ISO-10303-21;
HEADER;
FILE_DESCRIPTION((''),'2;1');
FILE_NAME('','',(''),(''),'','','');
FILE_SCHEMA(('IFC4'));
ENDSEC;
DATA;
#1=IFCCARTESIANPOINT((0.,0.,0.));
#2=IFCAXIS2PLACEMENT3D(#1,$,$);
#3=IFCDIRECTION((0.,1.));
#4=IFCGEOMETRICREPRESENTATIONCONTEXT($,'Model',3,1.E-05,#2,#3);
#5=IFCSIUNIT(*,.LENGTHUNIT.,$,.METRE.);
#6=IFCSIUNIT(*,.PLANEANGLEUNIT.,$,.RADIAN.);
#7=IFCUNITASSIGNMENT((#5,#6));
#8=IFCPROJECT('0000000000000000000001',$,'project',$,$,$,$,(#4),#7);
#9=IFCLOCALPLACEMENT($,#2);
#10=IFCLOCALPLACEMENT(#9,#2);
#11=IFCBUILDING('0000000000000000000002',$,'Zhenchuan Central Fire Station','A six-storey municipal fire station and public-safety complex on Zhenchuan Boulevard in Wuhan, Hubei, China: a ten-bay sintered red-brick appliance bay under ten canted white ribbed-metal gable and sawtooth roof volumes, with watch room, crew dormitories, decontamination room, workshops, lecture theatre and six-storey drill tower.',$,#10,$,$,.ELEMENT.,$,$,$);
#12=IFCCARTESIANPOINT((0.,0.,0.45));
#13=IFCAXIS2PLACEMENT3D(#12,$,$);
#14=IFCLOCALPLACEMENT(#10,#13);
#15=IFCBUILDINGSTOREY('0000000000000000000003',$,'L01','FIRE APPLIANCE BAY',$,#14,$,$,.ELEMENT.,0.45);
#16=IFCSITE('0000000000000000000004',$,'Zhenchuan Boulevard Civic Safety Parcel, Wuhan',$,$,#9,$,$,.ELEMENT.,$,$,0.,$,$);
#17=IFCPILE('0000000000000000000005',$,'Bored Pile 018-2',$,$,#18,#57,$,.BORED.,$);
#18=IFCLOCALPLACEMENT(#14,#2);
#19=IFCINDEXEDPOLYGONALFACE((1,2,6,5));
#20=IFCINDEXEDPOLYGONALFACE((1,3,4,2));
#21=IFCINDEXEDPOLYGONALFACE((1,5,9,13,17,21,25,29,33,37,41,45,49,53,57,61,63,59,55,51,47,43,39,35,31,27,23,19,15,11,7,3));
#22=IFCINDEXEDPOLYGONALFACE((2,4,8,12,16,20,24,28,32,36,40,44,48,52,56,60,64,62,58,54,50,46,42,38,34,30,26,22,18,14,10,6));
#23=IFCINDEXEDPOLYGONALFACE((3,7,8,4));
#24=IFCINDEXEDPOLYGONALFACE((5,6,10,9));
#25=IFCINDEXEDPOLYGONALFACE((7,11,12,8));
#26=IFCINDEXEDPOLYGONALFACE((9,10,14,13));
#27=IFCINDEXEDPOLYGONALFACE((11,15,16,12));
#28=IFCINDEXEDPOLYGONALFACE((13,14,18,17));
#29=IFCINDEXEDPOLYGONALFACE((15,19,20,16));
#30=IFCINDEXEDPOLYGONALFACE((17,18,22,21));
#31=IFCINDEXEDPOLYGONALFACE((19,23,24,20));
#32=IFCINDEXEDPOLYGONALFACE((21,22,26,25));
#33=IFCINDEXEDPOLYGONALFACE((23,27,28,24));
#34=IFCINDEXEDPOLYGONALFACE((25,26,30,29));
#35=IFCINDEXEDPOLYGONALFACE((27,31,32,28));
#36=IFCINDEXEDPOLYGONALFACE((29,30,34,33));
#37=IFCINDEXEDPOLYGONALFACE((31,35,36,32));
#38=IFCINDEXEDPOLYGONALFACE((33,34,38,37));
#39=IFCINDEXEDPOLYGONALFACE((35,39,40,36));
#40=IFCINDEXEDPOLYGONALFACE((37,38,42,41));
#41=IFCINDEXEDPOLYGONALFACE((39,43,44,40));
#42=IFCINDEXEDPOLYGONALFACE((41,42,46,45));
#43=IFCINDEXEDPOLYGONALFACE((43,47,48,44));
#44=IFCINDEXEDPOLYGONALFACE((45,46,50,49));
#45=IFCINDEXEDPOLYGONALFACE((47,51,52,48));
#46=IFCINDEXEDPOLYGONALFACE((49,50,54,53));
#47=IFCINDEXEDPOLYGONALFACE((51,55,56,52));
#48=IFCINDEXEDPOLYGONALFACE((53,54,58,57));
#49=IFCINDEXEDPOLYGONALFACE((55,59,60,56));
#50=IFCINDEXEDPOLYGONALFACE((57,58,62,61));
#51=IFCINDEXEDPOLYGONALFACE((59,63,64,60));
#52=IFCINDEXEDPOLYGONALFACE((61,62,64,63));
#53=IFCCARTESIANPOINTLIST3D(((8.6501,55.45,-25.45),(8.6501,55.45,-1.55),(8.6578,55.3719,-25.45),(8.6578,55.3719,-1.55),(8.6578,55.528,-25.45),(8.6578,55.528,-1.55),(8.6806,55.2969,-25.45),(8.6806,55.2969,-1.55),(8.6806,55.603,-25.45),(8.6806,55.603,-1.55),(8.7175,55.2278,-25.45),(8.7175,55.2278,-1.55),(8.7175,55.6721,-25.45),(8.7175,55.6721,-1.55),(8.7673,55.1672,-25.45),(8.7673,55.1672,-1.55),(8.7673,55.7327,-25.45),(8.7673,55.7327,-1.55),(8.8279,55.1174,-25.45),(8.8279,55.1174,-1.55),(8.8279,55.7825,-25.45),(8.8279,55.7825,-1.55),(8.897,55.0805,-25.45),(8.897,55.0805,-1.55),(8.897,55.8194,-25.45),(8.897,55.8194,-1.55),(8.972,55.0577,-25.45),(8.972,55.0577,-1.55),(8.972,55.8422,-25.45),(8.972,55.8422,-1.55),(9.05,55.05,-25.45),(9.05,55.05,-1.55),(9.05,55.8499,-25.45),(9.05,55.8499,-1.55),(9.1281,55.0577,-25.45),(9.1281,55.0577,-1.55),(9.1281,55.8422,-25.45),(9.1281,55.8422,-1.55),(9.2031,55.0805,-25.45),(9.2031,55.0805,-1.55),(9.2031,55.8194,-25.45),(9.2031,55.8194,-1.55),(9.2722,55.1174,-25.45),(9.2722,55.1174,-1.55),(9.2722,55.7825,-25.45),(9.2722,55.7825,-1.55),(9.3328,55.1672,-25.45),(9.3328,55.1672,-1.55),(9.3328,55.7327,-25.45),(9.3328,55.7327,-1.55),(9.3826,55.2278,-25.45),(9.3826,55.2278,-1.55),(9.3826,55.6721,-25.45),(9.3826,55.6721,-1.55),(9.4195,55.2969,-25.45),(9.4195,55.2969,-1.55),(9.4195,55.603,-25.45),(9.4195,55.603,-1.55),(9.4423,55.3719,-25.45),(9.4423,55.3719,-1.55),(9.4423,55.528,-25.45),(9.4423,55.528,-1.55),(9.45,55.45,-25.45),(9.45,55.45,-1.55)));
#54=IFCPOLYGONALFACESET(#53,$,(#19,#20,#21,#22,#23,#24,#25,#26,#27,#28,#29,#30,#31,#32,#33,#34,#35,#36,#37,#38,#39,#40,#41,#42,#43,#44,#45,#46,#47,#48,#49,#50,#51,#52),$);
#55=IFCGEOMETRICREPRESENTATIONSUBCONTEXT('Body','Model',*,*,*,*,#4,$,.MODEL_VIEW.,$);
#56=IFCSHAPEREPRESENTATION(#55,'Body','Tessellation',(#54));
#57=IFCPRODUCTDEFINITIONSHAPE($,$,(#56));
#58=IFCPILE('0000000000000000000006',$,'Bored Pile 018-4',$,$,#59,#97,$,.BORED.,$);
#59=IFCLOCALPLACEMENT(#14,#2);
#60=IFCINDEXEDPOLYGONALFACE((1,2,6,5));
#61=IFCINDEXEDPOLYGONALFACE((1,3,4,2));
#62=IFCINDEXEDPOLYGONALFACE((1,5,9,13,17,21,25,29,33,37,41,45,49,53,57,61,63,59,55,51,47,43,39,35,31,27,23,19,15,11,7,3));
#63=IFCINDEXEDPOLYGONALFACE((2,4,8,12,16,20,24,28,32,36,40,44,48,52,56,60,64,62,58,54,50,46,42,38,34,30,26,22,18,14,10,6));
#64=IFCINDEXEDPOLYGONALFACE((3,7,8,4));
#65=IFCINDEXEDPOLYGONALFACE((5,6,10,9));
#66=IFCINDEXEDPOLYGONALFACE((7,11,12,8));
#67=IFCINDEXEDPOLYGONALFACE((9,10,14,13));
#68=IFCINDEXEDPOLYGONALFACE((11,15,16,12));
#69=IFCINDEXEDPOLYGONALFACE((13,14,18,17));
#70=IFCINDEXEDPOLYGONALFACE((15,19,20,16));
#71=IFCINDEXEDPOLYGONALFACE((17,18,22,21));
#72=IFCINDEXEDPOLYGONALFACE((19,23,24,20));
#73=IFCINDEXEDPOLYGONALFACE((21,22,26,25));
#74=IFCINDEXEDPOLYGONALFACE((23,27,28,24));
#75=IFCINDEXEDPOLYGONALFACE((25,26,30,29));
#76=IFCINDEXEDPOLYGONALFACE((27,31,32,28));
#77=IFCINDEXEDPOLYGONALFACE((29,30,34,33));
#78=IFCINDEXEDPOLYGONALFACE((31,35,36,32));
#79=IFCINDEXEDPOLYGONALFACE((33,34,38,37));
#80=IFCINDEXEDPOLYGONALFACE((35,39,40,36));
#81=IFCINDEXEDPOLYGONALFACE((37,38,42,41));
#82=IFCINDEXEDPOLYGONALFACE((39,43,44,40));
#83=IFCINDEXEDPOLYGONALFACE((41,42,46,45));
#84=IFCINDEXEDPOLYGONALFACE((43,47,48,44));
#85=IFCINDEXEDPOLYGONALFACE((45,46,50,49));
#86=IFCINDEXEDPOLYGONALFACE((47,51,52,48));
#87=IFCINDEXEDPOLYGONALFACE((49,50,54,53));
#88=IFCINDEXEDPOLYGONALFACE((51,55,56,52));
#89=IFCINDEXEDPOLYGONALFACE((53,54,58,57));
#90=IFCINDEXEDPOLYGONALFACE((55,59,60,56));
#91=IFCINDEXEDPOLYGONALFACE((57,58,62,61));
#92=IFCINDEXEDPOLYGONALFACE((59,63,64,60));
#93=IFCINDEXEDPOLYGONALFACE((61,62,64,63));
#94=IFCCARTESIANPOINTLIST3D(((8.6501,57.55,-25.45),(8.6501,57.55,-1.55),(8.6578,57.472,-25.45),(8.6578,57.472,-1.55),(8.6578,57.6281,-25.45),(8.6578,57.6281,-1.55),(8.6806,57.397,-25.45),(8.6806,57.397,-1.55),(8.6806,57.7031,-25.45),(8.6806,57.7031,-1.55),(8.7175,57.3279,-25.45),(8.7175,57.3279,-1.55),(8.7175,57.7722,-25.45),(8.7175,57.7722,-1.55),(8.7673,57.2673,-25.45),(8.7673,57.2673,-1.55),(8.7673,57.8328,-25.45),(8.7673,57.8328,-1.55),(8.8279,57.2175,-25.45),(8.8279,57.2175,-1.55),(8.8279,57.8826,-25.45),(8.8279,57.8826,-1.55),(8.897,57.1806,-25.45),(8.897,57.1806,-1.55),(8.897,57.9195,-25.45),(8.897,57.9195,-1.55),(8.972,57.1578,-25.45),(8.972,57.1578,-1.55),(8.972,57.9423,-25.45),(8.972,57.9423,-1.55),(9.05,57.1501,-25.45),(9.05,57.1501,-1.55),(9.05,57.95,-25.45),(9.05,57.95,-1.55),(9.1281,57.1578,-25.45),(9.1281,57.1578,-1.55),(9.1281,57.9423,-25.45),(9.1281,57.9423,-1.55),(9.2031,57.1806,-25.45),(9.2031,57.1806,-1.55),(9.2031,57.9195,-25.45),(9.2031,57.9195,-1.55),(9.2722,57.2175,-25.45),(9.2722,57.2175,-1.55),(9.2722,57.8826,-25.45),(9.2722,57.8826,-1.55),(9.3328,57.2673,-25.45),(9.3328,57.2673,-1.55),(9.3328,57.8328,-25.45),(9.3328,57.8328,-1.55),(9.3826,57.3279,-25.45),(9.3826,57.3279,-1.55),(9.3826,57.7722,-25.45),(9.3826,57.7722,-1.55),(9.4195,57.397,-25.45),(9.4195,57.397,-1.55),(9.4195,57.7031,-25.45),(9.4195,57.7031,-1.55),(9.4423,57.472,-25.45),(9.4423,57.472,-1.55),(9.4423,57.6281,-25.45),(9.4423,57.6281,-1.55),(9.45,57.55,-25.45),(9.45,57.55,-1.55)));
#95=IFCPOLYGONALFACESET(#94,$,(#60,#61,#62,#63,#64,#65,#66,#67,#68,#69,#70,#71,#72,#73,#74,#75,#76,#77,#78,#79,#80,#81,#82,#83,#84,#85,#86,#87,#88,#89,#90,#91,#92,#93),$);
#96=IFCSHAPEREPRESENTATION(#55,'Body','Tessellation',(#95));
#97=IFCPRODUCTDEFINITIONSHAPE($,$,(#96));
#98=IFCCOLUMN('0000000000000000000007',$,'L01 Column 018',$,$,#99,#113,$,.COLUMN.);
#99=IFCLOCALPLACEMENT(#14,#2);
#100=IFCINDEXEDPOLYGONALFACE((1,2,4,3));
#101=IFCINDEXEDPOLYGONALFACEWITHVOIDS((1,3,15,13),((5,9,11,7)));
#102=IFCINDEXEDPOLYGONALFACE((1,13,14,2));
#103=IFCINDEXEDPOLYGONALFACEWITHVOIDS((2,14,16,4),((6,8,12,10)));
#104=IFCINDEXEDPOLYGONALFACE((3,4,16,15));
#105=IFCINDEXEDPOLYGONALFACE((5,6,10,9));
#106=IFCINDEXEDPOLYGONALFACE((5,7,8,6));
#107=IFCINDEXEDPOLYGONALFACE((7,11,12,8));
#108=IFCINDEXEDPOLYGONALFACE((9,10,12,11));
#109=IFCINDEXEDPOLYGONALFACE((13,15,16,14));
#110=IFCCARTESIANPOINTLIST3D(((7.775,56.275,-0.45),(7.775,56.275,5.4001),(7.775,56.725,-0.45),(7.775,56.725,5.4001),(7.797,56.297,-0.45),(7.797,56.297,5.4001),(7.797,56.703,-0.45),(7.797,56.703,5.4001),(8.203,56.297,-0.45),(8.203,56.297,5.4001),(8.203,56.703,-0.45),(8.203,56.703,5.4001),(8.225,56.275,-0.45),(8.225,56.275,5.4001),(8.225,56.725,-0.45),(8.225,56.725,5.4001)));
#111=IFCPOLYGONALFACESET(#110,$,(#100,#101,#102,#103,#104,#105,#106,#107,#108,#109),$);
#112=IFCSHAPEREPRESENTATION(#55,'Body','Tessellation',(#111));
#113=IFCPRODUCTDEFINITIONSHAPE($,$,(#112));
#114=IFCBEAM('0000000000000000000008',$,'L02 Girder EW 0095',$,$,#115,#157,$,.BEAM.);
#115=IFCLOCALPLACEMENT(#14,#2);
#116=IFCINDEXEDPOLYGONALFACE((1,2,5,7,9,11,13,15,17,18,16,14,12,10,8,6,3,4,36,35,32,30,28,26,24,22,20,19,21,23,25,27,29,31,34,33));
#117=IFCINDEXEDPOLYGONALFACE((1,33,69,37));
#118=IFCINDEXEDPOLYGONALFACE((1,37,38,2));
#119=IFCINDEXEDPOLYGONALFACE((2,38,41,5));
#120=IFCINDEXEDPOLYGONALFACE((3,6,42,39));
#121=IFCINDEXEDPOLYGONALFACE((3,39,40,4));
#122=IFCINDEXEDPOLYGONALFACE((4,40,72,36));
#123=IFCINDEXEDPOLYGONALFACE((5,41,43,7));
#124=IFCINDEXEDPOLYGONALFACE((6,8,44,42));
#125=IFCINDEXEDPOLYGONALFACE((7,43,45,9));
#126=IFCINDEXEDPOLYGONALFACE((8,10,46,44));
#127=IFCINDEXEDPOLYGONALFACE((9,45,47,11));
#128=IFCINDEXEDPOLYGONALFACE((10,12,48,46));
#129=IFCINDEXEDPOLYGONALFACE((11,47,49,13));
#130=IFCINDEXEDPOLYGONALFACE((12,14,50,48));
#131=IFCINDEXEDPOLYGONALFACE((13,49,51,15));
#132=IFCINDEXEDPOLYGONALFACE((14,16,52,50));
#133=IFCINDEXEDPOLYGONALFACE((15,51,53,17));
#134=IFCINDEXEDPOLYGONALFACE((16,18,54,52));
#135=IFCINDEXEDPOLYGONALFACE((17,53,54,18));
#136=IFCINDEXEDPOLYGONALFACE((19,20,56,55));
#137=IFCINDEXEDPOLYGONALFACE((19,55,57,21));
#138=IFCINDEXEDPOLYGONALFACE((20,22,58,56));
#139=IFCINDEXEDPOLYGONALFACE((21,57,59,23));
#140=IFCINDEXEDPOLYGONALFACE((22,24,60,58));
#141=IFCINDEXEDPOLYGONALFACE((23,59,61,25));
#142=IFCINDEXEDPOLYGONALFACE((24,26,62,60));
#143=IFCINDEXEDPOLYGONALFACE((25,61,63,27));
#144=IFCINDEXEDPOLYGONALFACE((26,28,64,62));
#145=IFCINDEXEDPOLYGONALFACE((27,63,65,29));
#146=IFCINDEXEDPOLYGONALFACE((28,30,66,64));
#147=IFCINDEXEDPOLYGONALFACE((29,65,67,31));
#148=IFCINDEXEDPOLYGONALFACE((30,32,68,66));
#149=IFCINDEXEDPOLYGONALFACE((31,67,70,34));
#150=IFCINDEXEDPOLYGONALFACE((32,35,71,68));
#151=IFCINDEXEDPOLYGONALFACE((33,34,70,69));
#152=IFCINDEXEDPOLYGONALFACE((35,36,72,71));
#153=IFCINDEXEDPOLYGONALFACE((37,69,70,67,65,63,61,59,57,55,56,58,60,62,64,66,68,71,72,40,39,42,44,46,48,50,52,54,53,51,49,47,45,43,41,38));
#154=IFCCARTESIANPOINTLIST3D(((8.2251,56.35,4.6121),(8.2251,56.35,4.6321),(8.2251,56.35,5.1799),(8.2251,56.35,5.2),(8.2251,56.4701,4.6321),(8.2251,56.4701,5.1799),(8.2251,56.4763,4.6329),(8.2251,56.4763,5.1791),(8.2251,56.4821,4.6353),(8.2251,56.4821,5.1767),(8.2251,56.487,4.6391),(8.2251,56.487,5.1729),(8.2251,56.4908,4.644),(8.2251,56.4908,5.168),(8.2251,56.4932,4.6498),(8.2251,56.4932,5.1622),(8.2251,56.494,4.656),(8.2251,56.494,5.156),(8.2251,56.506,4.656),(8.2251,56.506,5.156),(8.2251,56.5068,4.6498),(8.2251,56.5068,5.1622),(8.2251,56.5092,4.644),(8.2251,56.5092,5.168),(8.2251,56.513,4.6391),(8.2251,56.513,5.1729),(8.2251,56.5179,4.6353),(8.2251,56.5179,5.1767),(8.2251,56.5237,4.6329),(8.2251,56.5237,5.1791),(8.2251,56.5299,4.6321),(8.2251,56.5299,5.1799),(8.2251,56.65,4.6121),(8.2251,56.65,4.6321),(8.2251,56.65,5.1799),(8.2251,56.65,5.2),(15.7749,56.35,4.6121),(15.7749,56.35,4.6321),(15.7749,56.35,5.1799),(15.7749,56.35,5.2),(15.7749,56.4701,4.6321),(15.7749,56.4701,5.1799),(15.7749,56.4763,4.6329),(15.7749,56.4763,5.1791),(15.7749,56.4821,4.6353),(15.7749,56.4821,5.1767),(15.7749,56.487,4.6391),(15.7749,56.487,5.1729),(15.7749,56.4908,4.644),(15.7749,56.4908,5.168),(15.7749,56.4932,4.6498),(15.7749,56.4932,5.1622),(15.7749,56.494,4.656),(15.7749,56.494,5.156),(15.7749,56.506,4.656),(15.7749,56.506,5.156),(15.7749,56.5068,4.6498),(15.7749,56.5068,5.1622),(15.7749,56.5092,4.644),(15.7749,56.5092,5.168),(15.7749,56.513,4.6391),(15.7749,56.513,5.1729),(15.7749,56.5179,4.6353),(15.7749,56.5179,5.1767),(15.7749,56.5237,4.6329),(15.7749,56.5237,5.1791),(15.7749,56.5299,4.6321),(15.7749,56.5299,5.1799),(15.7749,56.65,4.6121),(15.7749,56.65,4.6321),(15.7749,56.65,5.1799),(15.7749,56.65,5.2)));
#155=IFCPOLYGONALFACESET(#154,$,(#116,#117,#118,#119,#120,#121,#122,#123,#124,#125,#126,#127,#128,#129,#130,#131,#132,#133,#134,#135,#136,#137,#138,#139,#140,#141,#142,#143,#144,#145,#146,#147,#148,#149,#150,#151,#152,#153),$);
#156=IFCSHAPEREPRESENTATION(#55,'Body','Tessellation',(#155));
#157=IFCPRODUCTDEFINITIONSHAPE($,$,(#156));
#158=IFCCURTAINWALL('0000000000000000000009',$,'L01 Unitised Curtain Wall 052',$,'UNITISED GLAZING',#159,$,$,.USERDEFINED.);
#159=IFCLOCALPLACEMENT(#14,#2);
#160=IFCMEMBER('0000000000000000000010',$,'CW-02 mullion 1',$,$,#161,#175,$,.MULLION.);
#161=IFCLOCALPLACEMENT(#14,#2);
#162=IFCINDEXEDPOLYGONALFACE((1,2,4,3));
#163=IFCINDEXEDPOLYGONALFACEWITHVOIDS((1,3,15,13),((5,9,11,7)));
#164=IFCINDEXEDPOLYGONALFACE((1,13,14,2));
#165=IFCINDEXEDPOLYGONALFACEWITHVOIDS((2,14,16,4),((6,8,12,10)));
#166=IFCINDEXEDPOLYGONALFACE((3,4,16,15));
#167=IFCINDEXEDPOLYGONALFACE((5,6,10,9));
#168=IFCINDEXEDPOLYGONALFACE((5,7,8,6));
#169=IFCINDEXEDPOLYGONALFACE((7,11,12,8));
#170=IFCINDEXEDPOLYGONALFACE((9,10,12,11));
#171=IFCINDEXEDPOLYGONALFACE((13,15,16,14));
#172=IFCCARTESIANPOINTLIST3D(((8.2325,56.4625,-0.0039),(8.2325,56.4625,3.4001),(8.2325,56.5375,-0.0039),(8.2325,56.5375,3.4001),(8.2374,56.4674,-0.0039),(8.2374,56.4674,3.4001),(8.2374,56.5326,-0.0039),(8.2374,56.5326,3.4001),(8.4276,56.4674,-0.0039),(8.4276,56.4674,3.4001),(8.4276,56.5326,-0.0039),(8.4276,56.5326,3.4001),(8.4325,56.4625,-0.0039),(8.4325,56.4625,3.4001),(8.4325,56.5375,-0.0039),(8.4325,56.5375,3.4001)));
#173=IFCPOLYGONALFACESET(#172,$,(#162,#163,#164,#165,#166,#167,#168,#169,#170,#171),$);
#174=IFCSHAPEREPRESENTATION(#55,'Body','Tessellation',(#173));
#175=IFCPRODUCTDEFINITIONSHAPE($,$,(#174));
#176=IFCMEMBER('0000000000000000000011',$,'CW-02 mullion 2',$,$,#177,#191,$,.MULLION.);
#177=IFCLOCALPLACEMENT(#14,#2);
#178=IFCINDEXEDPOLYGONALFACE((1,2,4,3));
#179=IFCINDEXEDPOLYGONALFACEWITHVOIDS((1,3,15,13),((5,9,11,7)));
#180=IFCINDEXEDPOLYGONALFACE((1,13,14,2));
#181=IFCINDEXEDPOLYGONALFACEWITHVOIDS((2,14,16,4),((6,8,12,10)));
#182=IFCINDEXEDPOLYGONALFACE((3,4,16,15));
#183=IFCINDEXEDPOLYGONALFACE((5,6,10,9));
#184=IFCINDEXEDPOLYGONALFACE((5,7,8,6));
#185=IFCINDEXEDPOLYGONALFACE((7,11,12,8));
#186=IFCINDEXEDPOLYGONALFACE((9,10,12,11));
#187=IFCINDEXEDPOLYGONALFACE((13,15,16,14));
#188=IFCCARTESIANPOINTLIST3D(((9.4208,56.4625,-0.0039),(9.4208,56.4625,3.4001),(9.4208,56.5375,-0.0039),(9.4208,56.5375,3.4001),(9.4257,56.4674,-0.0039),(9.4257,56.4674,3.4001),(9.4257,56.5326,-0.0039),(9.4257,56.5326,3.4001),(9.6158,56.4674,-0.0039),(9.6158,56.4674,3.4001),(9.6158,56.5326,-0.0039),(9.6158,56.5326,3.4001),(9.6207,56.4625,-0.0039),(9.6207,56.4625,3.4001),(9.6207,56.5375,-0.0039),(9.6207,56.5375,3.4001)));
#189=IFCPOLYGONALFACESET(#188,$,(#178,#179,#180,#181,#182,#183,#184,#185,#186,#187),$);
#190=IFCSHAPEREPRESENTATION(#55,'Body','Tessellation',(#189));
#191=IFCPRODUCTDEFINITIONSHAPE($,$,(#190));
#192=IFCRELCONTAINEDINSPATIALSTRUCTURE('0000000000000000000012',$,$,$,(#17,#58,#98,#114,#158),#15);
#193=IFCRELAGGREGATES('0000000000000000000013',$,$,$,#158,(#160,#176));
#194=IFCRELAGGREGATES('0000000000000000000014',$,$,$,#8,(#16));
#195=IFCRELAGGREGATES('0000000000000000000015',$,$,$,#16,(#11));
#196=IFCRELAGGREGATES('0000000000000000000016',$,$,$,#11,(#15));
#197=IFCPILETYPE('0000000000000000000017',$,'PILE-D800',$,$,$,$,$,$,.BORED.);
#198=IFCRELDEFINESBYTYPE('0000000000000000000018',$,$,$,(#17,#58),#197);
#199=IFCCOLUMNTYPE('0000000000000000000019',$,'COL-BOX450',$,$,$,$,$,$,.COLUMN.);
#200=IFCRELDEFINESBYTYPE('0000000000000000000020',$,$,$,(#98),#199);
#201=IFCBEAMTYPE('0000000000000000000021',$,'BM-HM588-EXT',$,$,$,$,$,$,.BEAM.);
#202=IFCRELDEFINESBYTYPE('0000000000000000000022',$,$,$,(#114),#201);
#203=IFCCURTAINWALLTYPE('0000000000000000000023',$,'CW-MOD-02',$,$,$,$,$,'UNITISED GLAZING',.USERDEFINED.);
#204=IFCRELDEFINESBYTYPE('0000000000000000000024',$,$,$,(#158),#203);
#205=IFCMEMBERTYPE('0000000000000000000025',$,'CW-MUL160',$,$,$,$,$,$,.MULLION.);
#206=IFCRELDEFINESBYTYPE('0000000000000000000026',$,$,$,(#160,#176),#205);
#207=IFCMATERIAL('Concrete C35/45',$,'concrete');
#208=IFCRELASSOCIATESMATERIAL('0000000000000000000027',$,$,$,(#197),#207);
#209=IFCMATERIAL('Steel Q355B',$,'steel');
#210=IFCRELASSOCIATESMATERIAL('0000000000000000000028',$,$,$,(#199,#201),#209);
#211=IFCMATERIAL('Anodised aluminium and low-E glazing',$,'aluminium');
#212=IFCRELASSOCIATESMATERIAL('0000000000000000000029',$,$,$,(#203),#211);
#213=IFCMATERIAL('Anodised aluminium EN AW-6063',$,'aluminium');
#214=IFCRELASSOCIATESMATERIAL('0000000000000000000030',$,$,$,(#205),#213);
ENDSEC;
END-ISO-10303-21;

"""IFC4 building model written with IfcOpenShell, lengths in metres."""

from ifc_helpers import new_model, si_unit, direction, frame, origin, origin_2d, place, context, subcontext, project, spatial, hollow_rectangle, circle, i_section, extrude, material, material_profile, profile_set, type_object, element, aggregate, save


model = new_model("IFC4")

# Units and contexts
model_context = context("Model", 3, precision=1e-05, world=origin(), true_north=direction((0.0, 1.0)))
body_context = subcontext(model_context, "Body", "Model", "MODEL_VIEW")
ifc_project = project(units=[si_unit("LENGTHUNIT", "METRE"), si_unit("PLANEANGLEUNIT", "RADIAN")], contexts=[model_context])

# Site, building, storey
site_placement = place(None, origin())
site = spatial("IfcSite", under=ifc_project, at=site_placement, Name="Zhenchuan Boulevard Civic Safety Parcel, Wuhan", CompositionType="ELEMENT", RefElevation=0.0)
building_placement = place(site_placement, origin())
building = spatial("IfcBuilding", under=site, at=building_placement, Name="Zhenchuan Central Fire Station", Description="A six-storey municipal fire station and public-safety complex on Zhenchuan Boulevard in Wuhan, Hubei, China: a ten-bay sintered red-brick appliance bay under ten canted white ribbed-metal gable and sawtooth roof volumes, with watch room, crew dormitories, decontamination room, workshops, lecture theatre and six-storey drill tower.", CompositionType="ELEMENT")
storey_placement = place(building_placement, frame((0.0, 0.0, 0.45)))
storey = spatial("IfcBuildingStorey", under=building, at=storey_placement, Name="L01", Description="FIRE APPLIANCE BAY", CompositionType="ELEMENT", Elevation=0.45)

# Piles
ifc_material_1 = material(Name="Concrete C35/45", Category="concrete")
ifc_material_profile_1 = material_profile(ifc_material_1, circle(Radius=0.3999, at=origin_2d()), Name="PILE D800")
ifc_profile_set_1 = profile_set([ifc_material_profile_1], Name="Concrete C35/45")
pile_type = type_object("IfcPileType", Name="PILE-D800", PredefinedType="BORED", material=ifc_profile_set_1)
for number, where, z_axis, x_axis, name in (
    (1, (9.05, 55.45, -1.55), (0.0, 0.0, -1.0), (1.0, 0.0, 0.0), "Bored Pile 018-2"),
    (2, (9.05, 57.55, -1.55), (0.0, 0.0, -1.0), (1.0, 0.0, 0.0), "Bored Pile 018-4"),
):
    element("IfcPile", number, at=place(storey_placement, frame(where, z_axis=z_axis, x_axis=x_axis)), inside=storey, type_object=pile_type, Name=name, PredefinedType="BORED", context=body_context, shape_type="SweptSolid", body=[
        extrude(circle(Radius=0.3999, at=origin_2d()), origin(), (0.0, 0.0, 1.0), 23.8999),
    ])

# Column
ifc_material_2 = material(Name="Steel Q355B", Category="steel")
ifc_material_profile_2 = material_profile(ifc_material_2, hollow_rectangle(XDim=0.45, YDim=0.45, WallThickness=0.022, at=origin_2d()), Name="BOX 450x450x22")
ifc_profile_set_2 = profile_set([ifc_material_profile_2], Name="Steel Q355B")
column_type = type_object("IfcColumnType", Name="COL-BOX450", PredefinedType="COLUMN", material=ifc_profile_set_2)
column_placement = place(storey_placement, frame((8.0, 56.5, -0.45), z_axis=(0.0, 0.0, 1.0), x_axis=(1.0, 0.0, 0.0)))
element("IfcColumn", 3, at=column_placement, inside=storey, type_object=column_type, Name="L01 Column 018", PredefinedType="COLUMN", context=body_context, shape_type="SweptSolid", body=[
    extrude(hollow_rectangle(XDim=0.45, YDim=0.45, WallThickness=0.022, at=origin_2d()), origin(), (0.0, 0.0, 1.0), 5.8501),
])

# Beam
ifc_material_profile_3 = material_profile(ifc_material_2, i_section(OverallWidth=0.3, OverallDepth=0.5879, WebThickness=0.012, FlangeThickness=0.02, FilletRadius=0.0239, at=origin_2d()), Name="HM 588x300")
ifc_profile_set_3 = profile_set([ifc_material_profile_3], Name="Steel Q355B")
beam_type = type_object("IfcBeamType", Name="BM-HM588-EXT", PredefinedType="BEAM", material=ifc_profile_set_3)
beam_placement = place(storey_placement, frame((8.2251, 56.5, 4.906), z_axis=(1.0, 0.0, 0.0), x_axis=(0.0, 1.0, 0.0)))
element("IfcBeam", 4, at=beam_placement, inside=storey, type_object=beam_type, Name="L02 Girder EW 0095", PredefinedType="BEAM", context=body_context, shape_type="SweptSolid", body=[
    extrude(i_section(OverallWidth=0.3, OverallDepth=0.5879, WebThickness=0.012, FlangeThickness=0.02, FilletRadius=0.0239, at=origin_2d()), origin(), (0.0, 0.0, 1.0), 7.5498),
])

# Curtain wall, members
ifc_material_3 = material(Name="Anodised aluminium and low-E glazing", Category="aluminium")
curtain_wall_type = type_object("IfcCurtainWallType", Name="CW-MOD-02", ElementType="UNITISED GLAZING", PredefinedType="USERDEFINED", material=ifc_material_3)
curtain_wall_placement = place(storey_placement, origin())
curtain_wall = element("IfcCurtainWall", 5, at=curtain_wall_placement, inside=storey, type_object=curtain_wall_type, Name="L01 Unitised Curtain Wall 052", ObjectType="UNITISED GLAZING", PredefinedType="USERDEFINED")
ifc_material_4 = material(Name="Anodised aluminium EN AW-6063", Category="aluminium")
ifc_material_profile_4 = material_profile(ifc_material_4, hollow_rectangle(XDim=0.075, YDim=0.2, WallThickness=0.0049, at=origin_2d()), Name="ALU-M 200x75")
ifc_profile_set_4 = profile_set([ifc_material_profile_4], Name="Anodised aluminium EN AW-6063")
member_type_1 = type_object("IfcMemberType", Name="CW-MUL160", PredefinedType="MULLION", material=ifc_profile_set_4)
member_1_placement = place(storey_placement, frame((8.3325, 56.5, -0.0039), z_axis=(0.0, 0.0, 1.0), x_axis=(0.0, 1.0, 0.0)))
member_1 = element("IfcMember", 6, at=member_1_placement, type_object=member_type_1, Name="CW-02 mullion 1", PredefinedType="MULLION", context=body_context, shape_type="SweptSolid", body=[
    extrude(hollow_rectangle(XDim=0.075, YDim=0.2, WallThickness=0.0049, at=origin_2d()), origin(), (0.0, 0.0, 1.0), 3.4041),
])
member_2_placement = place(storey_placement, frame((9.5208, 56.5, -0.0039), z_axis=(0.0, 0.0, 1.0), x_axis=(0.0, 1.0, 0.0)))
member_2 = element("IfcMember", 7, at=member_2_placement, type_object=member_type_1, Name="CW-02 mullion 2", PredefinedType="MULLION", context=body_context, shape_type="SweptSolid", body=[
    extrude(hollow_rectangle(XDim=0.075, YDim=0.2, WallThickness=0.0049, at=origin_2d()), origin(), (0.0, 0.0, 1.0), 3.4041),
])
aggregate(curtain_wall, [member_1, member_2])

save(model, "model.ifc")
